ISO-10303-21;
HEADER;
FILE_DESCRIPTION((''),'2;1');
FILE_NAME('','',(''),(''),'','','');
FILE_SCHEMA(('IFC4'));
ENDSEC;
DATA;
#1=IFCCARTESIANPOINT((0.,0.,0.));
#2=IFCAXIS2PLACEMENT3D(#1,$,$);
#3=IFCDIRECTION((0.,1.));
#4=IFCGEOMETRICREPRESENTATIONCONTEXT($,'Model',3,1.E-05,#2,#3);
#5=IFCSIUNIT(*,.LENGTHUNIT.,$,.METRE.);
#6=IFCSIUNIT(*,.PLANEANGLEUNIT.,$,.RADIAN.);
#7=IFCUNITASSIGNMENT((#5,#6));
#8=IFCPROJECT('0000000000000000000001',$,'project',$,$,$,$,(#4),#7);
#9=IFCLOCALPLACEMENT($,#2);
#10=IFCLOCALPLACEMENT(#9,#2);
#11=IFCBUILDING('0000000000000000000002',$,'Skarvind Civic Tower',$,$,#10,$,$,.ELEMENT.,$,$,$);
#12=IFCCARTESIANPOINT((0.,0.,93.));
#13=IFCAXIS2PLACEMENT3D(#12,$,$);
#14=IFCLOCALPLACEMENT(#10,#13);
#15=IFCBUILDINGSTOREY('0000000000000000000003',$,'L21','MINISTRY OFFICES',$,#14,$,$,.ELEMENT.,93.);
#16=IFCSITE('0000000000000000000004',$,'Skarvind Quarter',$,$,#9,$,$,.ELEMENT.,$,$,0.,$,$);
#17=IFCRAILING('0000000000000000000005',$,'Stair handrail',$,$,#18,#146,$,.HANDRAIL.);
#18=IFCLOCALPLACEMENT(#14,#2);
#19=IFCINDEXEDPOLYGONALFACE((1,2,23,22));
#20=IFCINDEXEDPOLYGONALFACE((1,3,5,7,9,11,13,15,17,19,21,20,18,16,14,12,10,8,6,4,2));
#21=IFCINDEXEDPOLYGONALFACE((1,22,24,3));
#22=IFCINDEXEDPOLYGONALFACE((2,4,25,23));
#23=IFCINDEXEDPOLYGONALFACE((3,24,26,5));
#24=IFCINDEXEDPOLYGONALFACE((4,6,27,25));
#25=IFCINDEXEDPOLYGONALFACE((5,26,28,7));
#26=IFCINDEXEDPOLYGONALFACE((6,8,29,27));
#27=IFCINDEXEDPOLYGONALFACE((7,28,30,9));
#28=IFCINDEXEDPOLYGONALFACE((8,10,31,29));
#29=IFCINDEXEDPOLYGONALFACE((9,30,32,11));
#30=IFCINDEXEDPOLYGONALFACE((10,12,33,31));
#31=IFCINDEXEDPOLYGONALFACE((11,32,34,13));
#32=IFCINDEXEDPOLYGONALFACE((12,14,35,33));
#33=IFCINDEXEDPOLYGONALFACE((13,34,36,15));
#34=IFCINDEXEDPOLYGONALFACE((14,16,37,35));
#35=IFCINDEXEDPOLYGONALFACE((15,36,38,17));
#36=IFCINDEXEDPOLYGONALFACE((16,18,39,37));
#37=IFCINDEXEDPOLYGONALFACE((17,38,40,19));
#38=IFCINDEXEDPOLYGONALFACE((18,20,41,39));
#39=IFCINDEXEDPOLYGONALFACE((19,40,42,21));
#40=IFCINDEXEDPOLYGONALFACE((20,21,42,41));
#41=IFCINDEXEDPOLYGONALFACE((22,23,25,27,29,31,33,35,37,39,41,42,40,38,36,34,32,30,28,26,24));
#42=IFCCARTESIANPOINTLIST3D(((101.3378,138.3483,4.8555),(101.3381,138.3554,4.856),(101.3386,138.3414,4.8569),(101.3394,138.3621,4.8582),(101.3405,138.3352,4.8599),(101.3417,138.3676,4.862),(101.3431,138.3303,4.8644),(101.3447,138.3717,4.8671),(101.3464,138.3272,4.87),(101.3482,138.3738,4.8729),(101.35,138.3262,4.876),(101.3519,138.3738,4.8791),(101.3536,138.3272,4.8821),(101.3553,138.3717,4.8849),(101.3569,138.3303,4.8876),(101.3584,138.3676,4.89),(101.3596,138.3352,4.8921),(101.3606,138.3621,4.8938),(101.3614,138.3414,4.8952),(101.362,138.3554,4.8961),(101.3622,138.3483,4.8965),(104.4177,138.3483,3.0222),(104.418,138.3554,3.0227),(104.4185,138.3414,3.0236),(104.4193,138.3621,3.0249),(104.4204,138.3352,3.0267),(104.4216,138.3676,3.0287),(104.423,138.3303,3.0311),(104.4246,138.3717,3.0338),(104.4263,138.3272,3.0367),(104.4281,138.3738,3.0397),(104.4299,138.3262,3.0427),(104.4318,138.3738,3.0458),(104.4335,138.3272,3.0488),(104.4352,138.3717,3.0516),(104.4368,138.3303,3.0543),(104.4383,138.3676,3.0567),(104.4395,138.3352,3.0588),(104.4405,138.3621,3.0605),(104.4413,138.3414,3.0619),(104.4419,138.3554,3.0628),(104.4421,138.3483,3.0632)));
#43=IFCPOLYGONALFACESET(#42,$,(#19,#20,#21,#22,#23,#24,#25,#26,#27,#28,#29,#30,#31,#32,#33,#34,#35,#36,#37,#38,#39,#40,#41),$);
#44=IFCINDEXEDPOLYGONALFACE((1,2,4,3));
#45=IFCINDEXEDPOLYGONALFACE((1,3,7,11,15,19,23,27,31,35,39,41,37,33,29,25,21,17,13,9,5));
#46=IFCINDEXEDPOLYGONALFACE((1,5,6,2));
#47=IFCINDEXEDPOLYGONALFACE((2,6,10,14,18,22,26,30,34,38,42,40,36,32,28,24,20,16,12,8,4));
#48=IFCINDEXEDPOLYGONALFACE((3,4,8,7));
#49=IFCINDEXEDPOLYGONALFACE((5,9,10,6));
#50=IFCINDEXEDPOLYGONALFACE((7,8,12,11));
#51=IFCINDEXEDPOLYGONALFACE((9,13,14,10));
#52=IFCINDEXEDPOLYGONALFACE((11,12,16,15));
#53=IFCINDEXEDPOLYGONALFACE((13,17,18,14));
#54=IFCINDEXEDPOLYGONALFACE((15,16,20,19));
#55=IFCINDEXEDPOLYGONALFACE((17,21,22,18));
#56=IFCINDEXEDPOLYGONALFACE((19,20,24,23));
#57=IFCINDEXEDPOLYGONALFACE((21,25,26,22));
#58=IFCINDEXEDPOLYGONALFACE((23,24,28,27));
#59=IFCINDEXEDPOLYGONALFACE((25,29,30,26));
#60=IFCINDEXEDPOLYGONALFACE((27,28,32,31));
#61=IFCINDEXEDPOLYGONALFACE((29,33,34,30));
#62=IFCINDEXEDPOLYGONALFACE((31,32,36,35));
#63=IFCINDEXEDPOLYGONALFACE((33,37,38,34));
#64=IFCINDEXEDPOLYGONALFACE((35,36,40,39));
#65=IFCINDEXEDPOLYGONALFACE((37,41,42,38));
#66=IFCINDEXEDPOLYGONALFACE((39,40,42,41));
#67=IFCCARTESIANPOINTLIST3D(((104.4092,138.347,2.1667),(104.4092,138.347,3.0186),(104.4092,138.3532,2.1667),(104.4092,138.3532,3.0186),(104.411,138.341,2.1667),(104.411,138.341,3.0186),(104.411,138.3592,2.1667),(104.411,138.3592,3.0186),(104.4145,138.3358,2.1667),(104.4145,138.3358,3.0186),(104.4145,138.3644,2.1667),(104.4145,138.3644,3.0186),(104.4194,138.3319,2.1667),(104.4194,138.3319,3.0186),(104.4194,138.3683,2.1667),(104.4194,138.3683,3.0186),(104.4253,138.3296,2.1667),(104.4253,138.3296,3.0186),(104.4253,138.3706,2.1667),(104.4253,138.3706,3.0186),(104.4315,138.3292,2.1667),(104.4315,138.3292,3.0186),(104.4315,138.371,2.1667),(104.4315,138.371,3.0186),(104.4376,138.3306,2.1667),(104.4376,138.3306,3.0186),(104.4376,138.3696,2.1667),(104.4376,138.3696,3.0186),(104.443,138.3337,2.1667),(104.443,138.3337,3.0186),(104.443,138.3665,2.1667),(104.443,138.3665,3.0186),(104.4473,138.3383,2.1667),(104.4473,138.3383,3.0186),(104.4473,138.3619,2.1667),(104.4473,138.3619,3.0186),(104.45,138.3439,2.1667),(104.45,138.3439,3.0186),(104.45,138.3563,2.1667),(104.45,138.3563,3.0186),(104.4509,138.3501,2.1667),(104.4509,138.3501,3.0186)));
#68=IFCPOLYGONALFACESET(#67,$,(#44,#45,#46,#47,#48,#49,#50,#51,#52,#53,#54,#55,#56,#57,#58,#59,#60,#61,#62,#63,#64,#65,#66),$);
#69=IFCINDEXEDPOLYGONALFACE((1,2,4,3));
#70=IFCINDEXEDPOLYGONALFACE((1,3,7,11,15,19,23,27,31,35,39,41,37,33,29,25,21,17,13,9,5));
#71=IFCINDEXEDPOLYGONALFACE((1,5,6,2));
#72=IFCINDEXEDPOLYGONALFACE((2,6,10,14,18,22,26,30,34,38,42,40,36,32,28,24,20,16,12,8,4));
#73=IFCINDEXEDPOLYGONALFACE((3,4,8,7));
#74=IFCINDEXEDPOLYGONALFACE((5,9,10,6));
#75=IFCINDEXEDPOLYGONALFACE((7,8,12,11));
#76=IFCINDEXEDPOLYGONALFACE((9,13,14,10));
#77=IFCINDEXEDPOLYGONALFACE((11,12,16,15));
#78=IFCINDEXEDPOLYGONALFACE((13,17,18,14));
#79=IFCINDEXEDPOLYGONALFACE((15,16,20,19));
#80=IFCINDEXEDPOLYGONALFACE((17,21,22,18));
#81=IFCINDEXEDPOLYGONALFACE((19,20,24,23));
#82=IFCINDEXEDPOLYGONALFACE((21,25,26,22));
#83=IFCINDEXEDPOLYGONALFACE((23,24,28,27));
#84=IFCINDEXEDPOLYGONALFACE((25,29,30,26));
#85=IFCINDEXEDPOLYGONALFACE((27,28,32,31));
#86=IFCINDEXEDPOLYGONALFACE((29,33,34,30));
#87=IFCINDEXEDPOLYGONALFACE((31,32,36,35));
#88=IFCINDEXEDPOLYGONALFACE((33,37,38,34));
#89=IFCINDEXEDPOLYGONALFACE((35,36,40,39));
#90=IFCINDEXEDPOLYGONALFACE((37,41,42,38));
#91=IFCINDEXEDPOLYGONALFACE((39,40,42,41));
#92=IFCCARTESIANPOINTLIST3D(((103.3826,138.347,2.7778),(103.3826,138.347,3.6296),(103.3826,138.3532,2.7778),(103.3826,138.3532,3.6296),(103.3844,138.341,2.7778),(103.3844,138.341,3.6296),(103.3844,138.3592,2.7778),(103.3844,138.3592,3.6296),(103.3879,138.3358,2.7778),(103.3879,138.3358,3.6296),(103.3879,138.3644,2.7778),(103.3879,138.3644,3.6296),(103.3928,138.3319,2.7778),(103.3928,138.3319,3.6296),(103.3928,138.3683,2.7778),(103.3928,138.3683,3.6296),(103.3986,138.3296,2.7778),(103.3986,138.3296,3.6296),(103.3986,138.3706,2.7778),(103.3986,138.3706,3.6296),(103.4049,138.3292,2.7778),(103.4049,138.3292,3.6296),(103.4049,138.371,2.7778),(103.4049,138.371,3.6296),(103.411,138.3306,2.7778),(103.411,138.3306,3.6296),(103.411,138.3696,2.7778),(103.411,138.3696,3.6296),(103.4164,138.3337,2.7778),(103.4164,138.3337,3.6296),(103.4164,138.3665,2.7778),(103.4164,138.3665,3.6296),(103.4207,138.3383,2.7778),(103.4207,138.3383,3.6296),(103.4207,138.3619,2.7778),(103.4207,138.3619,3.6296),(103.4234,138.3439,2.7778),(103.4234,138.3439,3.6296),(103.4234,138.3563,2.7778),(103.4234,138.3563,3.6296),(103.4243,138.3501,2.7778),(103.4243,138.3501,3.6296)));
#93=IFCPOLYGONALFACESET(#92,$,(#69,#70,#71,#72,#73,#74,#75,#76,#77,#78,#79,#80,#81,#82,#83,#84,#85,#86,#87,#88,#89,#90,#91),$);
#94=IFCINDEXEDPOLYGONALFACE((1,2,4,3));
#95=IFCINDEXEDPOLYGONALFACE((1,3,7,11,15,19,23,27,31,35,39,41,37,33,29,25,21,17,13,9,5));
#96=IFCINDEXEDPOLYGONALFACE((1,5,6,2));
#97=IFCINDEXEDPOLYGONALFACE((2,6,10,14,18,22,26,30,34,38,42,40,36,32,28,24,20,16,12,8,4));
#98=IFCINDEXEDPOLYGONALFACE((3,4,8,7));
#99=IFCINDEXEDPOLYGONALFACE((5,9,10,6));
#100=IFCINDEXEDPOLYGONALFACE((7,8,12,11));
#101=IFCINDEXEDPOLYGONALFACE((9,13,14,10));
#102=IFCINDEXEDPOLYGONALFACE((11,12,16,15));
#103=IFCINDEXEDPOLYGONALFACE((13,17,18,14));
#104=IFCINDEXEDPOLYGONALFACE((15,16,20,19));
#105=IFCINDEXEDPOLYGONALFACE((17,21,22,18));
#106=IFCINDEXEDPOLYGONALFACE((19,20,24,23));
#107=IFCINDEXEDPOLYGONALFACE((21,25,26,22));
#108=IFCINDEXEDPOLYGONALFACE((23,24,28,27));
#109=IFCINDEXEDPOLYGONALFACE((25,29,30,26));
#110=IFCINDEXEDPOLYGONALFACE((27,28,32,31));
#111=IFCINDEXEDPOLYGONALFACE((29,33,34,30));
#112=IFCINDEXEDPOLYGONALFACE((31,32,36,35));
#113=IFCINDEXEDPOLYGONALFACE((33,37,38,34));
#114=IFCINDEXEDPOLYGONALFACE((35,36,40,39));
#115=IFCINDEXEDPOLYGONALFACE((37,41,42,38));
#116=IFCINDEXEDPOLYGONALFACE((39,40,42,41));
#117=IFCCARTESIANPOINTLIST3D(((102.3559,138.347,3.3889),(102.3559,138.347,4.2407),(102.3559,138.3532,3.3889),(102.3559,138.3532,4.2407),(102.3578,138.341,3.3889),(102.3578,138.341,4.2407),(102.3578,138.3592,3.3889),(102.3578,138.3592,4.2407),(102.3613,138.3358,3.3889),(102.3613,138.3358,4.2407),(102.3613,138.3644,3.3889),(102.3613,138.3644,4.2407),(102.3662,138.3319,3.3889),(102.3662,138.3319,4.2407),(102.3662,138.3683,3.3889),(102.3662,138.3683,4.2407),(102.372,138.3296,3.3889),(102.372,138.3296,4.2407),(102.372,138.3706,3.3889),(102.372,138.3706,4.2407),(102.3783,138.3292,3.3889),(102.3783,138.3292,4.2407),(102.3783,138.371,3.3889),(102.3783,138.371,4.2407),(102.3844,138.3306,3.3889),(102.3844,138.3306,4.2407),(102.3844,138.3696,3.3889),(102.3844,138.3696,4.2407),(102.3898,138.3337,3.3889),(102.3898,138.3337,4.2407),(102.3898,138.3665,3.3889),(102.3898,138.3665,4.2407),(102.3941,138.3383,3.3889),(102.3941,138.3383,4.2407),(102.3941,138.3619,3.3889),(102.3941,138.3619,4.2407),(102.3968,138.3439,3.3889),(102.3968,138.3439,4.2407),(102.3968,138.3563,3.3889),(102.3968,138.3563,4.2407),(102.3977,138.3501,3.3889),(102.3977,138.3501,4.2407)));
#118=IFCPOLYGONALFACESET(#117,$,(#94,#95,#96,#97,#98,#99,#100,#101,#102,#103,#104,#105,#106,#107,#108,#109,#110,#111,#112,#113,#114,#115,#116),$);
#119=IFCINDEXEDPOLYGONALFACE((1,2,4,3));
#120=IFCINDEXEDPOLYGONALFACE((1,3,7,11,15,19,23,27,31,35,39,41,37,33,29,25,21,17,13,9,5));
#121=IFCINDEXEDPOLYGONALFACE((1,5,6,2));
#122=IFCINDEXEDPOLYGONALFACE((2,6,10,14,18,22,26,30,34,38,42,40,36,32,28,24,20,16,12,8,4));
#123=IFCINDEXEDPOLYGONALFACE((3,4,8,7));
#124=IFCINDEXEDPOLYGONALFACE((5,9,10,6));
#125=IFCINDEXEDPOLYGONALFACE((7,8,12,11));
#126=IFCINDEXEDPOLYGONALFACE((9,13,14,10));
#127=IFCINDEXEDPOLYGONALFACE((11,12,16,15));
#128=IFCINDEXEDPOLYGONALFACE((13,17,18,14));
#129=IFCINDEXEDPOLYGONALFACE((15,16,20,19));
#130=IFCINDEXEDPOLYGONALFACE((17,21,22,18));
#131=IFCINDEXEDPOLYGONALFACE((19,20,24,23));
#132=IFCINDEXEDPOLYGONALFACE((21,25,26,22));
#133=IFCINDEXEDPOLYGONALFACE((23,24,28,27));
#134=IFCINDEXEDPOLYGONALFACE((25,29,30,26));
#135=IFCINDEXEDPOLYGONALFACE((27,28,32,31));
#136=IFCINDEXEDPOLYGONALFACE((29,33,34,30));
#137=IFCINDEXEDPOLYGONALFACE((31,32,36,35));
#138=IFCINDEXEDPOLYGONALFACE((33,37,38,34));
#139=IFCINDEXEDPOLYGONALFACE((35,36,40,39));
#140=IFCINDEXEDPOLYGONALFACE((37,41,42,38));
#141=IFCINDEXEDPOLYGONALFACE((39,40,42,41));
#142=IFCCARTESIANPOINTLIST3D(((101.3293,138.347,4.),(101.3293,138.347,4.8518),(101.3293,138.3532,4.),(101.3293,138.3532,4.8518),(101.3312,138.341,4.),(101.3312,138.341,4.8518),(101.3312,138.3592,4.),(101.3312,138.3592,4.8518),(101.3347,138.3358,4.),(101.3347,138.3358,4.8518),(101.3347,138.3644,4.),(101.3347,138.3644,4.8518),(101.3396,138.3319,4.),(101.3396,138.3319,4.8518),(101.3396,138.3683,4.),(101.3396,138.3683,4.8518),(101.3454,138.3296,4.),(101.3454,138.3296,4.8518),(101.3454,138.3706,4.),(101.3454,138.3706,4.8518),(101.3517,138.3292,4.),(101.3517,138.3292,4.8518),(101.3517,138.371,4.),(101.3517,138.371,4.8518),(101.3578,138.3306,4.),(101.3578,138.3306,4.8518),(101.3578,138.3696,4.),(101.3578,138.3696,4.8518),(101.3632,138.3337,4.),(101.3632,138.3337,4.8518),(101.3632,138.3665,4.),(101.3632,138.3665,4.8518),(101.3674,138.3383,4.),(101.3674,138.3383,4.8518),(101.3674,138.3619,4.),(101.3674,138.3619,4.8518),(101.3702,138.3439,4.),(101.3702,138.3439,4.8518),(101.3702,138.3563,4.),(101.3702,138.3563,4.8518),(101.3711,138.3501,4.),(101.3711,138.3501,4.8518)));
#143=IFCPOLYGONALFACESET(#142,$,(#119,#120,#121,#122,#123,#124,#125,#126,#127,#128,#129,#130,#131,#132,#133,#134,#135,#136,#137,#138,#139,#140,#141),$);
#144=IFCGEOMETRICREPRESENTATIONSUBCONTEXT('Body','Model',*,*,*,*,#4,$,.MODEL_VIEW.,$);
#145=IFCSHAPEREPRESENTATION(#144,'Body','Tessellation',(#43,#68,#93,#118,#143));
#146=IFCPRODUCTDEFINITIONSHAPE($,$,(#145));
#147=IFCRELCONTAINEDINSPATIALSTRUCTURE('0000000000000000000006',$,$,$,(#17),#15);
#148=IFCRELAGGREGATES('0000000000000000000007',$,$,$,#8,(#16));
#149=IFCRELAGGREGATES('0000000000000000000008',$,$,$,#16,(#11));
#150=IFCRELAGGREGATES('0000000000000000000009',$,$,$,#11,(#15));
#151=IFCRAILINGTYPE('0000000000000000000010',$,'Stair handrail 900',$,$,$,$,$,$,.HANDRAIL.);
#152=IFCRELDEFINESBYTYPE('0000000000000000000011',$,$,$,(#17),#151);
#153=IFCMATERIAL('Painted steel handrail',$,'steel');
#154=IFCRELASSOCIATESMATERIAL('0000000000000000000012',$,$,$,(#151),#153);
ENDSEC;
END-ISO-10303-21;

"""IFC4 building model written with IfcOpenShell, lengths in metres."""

from ifc_helpers import new_model, si_unit, direction, frame, origin, origin_2d, place, context, subcontext, project, spatial, circle, extrude, material, type_object, element, save


model = new_model("IFC4")

# Units and contexts
model_context = context("Model", 3, precision=1e-05, world=origin(), true_north=direction((0.0, 1.0)))
body_context = subcontext(model_context, "Body", "Model", "MODEL_VIEW")
ifc_project = project(units=[si_unit("LENGTHUNIT", "METRE"), si_unit("PLANEANGLEUNIT", "RADIAN")], contexts=[model_context])

# Site, building, storey
site_placement = place(None, origin())
site = spatial("IfcSite", under=ifc_project, at=site_placement, Name="Skarvind Quarter", CompositionType="ELEMENT", RefElevation=0.0)
building_placement = place(site_placement, origin())
building = spatial("IfcBuilding", under=site, at=building_placement, Name="Skarvind Civic Tower", CompositionType="ELEMENT")
storey_placement = place(building_placement, frame((0.0, 0.0, 93.0)))
storey = spatial("IfcBuildingStorey", under=building, at=storey_placement, Name="L21", Description="MINISTRY OFFICES", CompositionType="ELEMENT", Elevation=93.0)

# Railing
ifc_material_1 = material(Name="Painted steel handrail", Category="steel")
railing_type = type_object("IfcRailingType", Name="Stair handrail 900", PredefinedType="HANDRAIL", material=ifc_material_1)
railing_1_placement = place(storey_placement, frame((104.4299, 138.3501, 2.1667)))
element("IfcRailing", 1, at=railing_1_placement, inside=storey, type_object=railing_type, Name="Stair handrail", PredefinedType="HANDRAIL", context=body_context, shape_type="SweptSolid", body=[
    extrude(circle(Radius=0.0239, at=origin_2d()), frame((0.0, 0.0, 0.876), z_axis=(-0.859291, 0.0, 0.511487), x_axis=(0.0, -1.0, 0.0)), (0.0, 0.0, 1.0), 3.5842),
    extrude(circle(Radius=0.021, at=origin_2d()), origin(), (0.0, 0.0, 1.0), 0.8518),
    extrude(circle(Radius=0.021, at=origin_2d()), frame((-1.0266, 0.0, 0.6111)), (0.0, 0.0, 1.0), 0.8518),
    extrude(circle(Radius=0.021, at=origin_2d()), frame((-2.0532, 0.0, 1.2222)), (0.0, 0.0, 1.0), 0.8518),
    extrude(circle(Radius=0.021, at=origin_2d()), frame((-3.0798, 0.0, 1.8333)), (0.0, 0.0, 1.0), 0.8518),
])

save(model, "model.ifc")
